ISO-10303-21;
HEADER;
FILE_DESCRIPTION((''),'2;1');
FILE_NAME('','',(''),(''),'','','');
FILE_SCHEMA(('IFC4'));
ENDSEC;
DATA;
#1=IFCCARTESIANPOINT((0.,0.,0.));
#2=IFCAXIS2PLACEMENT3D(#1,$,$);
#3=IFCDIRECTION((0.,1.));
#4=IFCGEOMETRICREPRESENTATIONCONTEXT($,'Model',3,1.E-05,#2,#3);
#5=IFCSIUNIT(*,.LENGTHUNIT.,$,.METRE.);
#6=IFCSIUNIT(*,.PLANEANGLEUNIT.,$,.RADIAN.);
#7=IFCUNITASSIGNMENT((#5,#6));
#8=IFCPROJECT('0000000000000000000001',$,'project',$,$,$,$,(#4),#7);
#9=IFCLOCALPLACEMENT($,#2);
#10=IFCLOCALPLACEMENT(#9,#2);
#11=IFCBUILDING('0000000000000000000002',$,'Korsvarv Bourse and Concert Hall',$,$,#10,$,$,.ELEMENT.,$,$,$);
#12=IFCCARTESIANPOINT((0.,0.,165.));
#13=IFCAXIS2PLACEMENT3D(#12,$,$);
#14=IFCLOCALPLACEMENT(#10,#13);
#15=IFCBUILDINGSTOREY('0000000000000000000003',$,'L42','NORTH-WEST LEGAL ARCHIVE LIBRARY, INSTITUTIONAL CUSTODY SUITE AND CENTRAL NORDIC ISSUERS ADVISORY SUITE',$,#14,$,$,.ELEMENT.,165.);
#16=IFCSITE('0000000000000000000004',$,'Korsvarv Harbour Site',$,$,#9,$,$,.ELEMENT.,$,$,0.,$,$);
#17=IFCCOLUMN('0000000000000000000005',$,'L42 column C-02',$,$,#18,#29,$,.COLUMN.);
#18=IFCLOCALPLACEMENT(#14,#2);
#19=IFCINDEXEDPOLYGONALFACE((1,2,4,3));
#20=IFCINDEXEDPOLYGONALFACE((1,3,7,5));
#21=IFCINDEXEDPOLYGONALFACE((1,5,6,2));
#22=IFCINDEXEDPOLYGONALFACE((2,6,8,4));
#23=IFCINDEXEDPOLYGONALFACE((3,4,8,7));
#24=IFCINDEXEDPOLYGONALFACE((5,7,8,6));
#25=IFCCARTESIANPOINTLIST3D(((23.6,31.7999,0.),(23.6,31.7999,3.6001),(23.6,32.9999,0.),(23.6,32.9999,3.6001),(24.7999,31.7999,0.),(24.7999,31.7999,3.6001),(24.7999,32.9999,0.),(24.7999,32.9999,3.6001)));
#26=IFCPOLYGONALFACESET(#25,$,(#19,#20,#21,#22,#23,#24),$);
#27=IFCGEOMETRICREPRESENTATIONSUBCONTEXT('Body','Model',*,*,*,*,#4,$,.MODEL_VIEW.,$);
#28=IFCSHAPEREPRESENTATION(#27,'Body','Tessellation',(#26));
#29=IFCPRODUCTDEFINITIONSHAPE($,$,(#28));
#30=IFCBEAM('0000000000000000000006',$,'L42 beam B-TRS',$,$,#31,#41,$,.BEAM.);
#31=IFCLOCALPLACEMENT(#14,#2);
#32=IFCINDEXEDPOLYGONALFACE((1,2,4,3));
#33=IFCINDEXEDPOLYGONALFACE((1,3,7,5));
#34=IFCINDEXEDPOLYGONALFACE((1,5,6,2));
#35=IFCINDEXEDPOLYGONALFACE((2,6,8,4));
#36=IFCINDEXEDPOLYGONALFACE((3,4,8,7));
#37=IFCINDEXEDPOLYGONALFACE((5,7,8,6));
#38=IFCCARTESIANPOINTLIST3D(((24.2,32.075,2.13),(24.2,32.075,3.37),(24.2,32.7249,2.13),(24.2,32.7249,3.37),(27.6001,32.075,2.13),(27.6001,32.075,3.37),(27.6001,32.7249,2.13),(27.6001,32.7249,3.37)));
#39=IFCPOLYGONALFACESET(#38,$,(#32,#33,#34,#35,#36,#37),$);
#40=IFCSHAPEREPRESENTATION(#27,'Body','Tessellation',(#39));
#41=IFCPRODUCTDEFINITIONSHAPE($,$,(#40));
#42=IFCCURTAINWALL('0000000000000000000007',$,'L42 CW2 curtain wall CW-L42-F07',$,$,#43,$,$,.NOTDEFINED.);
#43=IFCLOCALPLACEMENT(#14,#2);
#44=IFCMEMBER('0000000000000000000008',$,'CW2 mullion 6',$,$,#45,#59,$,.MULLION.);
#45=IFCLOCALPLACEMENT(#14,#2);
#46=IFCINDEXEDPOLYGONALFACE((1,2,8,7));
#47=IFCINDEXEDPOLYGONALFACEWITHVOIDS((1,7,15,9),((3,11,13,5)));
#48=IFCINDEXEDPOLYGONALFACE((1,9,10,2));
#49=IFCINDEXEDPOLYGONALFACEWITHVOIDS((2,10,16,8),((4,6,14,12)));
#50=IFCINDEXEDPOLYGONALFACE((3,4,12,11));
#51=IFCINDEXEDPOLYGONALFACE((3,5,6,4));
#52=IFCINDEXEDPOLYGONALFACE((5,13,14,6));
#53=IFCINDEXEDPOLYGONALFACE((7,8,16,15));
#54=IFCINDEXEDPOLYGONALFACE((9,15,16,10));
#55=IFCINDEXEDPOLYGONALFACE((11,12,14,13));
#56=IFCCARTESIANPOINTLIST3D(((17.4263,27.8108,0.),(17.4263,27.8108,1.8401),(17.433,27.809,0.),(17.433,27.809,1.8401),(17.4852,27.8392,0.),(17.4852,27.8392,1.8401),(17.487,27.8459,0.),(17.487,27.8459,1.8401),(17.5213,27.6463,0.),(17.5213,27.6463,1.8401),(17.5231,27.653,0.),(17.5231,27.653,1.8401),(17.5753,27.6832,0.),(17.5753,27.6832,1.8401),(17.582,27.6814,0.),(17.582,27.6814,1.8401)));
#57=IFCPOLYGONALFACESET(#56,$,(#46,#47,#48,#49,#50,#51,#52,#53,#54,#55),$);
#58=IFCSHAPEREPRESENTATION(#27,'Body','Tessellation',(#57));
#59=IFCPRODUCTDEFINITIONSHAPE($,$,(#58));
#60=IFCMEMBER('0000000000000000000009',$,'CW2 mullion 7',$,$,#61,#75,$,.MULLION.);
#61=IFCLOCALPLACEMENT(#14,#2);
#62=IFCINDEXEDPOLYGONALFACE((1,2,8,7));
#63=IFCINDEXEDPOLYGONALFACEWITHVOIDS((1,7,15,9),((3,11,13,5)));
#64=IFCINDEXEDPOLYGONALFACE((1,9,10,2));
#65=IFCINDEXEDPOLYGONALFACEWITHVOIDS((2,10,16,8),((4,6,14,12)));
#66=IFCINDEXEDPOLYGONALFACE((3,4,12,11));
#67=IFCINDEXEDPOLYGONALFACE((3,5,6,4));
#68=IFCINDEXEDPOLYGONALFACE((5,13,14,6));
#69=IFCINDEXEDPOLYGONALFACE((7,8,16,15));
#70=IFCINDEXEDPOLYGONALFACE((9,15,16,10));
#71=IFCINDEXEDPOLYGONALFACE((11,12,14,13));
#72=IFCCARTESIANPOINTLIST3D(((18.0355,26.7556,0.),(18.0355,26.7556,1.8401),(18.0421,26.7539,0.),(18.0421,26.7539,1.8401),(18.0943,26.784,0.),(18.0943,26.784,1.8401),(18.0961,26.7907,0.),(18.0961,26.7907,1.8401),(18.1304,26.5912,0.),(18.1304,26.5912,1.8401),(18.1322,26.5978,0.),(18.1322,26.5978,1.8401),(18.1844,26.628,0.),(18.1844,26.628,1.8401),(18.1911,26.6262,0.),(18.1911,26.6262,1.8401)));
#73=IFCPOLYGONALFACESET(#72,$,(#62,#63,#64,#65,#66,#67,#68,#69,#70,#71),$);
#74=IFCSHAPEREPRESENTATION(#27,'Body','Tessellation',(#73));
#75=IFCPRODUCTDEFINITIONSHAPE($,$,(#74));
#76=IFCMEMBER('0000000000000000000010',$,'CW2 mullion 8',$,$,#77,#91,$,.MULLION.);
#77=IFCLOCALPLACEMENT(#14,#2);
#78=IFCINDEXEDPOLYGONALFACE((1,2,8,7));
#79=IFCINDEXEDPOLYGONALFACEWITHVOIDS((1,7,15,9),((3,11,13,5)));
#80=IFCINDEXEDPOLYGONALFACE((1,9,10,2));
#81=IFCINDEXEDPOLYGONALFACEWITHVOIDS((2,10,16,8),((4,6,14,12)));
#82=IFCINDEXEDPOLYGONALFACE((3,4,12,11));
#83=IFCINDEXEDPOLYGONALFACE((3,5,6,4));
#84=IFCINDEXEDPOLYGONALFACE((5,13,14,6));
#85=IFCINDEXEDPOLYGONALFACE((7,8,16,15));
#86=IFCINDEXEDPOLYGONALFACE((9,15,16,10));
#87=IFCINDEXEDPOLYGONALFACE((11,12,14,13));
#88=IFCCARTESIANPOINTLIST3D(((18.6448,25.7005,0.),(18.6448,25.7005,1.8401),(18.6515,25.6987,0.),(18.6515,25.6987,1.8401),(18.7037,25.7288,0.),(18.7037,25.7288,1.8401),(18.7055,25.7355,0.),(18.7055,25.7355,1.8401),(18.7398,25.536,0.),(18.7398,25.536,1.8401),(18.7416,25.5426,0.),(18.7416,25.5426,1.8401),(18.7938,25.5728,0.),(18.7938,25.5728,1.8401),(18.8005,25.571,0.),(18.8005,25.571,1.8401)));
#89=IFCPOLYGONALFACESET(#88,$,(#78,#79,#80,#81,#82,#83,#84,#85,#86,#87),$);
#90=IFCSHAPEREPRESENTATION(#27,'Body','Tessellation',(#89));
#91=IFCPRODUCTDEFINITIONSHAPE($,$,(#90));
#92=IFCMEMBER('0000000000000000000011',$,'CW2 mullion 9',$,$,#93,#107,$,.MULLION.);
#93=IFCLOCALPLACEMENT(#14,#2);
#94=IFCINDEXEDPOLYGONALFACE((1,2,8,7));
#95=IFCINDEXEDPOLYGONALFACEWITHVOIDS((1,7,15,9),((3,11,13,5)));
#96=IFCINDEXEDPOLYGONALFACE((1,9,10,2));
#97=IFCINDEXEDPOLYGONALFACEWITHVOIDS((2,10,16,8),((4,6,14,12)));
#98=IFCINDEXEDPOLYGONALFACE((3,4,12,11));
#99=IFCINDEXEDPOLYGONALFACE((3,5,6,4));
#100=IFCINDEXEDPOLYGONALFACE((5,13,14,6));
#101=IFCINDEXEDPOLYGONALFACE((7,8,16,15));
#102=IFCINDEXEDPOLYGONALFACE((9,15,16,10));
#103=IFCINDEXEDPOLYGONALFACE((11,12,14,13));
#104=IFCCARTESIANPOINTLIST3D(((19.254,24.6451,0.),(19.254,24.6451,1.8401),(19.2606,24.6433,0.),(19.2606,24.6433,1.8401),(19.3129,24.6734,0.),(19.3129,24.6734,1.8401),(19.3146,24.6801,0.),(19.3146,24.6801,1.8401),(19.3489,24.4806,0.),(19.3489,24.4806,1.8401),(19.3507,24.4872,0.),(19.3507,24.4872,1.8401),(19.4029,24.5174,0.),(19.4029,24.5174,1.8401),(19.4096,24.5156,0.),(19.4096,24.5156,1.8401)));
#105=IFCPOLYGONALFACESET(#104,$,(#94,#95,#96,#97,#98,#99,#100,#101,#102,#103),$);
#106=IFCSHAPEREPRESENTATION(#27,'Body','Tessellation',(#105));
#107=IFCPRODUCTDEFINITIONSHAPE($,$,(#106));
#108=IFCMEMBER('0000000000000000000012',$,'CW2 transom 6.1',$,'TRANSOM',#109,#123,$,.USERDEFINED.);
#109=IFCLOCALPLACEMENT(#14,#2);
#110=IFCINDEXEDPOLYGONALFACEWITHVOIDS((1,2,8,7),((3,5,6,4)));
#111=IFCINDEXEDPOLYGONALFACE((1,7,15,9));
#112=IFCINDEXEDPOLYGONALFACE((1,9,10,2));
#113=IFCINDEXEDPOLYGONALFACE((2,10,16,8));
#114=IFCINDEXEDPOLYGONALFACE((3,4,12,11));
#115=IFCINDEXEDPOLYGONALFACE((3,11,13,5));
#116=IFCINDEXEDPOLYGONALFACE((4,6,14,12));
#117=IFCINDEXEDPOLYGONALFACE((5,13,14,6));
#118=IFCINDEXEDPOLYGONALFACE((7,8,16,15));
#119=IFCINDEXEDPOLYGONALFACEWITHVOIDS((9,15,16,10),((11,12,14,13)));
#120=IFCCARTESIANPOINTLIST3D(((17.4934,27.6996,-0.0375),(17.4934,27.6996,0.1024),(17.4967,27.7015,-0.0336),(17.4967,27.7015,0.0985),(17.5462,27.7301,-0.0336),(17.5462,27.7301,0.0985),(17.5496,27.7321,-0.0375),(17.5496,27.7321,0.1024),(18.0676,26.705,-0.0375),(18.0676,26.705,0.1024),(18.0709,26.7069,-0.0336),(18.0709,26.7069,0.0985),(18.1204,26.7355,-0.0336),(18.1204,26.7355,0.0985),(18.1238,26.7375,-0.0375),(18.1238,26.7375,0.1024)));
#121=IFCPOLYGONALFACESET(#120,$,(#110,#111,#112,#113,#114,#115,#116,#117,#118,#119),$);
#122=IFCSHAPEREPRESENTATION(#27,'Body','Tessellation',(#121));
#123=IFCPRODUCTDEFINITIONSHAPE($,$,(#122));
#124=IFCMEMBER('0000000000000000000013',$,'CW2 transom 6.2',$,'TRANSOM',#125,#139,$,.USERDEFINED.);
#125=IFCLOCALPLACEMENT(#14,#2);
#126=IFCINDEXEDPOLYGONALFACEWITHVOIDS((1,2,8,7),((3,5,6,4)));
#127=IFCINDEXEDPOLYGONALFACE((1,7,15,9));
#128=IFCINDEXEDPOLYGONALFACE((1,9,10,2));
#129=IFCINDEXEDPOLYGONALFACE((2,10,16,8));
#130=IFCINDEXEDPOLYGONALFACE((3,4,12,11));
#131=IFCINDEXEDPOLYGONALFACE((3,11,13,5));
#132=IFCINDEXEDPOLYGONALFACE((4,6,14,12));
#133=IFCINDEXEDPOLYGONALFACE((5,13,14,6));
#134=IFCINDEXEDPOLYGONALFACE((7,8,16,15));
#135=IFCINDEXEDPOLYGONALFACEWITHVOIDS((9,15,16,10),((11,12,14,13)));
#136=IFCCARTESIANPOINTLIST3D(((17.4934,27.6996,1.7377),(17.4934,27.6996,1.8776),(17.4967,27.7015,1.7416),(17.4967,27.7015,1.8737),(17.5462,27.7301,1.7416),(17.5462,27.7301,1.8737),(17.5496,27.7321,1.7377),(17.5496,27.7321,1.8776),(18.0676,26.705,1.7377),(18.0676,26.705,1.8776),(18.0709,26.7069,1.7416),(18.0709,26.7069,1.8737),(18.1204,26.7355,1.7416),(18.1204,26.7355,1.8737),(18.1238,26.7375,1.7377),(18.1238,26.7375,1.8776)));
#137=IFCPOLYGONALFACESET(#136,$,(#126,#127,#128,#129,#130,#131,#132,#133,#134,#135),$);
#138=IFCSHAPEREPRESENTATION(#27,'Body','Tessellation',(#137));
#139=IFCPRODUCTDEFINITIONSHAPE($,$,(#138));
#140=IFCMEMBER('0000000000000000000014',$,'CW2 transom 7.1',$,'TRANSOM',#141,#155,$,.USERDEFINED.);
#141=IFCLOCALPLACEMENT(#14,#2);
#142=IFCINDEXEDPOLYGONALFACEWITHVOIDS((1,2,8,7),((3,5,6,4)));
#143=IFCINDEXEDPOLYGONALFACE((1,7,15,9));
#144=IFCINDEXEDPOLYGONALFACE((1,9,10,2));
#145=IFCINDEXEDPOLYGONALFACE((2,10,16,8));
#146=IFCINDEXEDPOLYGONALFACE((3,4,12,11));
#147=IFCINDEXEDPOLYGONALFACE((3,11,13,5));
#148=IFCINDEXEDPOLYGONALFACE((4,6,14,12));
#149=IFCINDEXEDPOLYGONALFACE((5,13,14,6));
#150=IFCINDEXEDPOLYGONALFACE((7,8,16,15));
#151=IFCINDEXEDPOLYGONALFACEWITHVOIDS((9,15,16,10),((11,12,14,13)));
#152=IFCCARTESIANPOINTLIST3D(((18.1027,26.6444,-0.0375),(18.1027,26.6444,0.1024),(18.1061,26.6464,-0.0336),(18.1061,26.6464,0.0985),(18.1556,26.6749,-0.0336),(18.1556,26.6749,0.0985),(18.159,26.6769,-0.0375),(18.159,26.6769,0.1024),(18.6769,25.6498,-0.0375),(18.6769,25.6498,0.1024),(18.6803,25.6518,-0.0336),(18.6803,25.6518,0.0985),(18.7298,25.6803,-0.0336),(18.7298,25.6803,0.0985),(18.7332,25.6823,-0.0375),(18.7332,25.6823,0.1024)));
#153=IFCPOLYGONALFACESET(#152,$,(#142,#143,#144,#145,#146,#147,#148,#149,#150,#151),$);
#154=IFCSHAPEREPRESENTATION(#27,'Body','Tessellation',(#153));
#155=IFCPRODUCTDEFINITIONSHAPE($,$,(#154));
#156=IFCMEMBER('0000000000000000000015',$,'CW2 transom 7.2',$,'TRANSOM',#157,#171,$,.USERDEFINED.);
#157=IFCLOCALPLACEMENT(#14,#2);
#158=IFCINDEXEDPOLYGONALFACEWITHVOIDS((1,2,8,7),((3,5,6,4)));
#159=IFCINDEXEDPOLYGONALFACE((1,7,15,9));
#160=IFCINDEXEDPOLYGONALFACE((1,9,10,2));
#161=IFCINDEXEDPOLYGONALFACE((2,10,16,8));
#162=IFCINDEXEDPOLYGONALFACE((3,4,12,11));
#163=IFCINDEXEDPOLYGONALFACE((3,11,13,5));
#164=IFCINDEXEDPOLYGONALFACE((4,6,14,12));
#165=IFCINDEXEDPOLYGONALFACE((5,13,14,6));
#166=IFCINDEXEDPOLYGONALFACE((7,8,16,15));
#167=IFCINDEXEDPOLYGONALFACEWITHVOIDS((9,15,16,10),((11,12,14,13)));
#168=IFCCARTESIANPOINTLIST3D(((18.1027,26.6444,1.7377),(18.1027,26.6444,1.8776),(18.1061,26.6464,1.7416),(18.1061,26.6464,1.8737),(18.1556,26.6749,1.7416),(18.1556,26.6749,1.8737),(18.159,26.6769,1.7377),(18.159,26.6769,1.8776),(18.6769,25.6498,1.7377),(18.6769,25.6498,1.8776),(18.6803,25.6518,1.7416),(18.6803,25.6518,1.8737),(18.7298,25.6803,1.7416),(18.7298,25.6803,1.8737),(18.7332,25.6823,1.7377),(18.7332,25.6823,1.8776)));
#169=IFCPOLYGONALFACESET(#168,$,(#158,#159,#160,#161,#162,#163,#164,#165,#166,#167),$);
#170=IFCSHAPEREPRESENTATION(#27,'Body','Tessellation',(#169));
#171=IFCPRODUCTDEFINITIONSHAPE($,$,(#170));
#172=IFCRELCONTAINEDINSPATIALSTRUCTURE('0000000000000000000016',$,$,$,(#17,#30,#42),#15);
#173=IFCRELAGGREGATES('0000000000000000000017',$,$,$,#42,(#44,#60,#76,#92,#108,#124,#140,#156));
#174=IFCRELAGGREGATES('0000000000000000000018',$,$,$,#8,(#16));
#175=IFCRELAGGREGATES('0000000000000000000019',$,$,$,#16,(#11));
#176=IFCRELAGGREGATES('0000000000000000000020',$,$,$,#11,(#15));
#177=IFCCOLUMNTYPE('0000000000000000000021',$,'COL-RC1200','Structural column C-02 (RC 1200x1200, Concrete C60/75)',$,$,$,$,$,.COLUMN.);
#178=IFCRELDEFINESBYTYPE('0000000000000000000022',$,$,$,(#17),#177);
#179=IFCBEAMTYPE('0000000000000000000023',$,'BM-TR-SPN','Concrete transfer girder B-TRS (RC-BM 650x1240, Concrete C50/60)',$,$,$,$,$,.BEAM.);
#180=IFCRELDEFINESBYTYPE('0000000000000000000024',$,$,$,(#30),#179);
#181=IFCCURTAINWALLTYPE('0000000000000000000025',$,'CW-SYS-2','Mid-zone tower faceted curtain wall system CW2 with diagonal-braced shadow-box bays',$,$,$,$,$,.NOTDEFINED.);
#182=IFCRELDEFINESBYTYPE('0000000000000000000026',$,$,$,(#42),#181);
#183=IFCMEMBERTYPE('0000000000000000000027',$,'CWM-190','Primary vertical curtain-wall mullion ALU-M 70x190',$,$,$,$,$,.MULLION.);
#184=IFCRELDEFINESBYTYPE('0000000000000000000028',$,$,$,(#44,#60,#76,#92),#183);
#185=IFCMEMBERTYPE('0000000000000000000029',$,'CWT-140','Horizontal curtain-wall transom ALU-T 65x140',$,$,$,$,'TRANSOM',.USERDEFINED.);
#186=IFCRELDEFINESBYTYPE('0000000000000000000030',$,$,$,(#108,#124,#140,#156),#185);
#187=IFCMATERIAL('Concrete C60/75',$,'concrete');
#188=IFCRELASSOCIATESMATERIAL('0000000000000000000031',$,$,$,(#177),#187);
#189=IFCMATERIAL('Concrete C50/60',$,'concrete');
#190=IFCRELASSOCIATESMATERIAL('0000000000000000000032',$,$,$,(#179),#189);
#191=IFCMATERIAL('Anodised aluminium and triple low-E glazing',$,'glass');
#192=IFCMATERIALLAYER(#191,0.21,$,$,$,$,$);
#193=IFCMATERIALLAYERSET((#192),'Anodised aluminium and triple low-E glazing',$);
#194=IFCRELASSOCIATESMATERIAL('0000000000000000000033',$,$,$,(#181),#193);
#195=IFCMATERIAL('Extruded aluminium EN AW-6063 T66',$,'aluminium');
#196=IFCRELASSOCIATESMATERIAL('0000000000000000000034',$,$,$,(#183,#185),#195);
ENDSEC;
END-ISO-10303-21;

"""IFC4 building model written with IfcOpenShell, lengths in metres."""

from ifc_helpers import new_model, si_unit, direction, frame, origin, origin_2d, place, context, subcontext, project, spatial, rectangle, hollow_rectangle, extrude, source, transform, mapped, material, layer, layer_set, material_profile, profile_set, type_object, element, aggregate, save


model = new_model("IFC4")

# Units and contexts
model_context = context("Model", 3, precision=1e-05, world=origin(), true_north=direction((0.0, 1.0)))
body_context = subcontext(model_context, "Body", "Model", "MODEL_VIEW")
ifc_project = project(units=[si_unit("LENGTHUNIT", "METRE"), si_unit("PLANEANGLEUNIT", "RADIAN")], contexts=[model_context])

# Site, building, storey
site_placement = place(None, origin())
site = spatial("IfcSite", under=ifc_project, at=site_placement, Name="Korsvarv Harbour Site", CompositionType="ELEMENT", RefElevation=0.0)
building_placement = place(site_placement, origin())
building = spatial("IfcBuilding", under=site, at=building_placement, Name="Korsvarv Bourse and Concert Hall", CompositionType="ELEMENT")
storey_placement = place(building_placement, frame((0.0, 0.0, 165.0)))
storey = spatial("IfcBuildingStorey", under=building, at=storey_placement, Name="L42", Description="NORTH-WEST LEGAL ARCHIVE LIBRARY, INSTITUTIONAL CUSTODY SUITE AND CENTRAL NORDIC ISSUERS ADVISORY SUITE", CompositionType="ELEMENT", Elevation=165.0)

# Column
ifc_material_1 = material(Name="Concrete C60/75", Category="concrete")
ifc_material_profile_1 = material_profile(ifc_material_1, rectangle(XDim=1.2, YDim=1.2, at=origin_2d()), Name="RC 1200x1200")
ifc_profile_set_1 = profile_set([ifc_material_profile_1], Name="Concrete C60/75")
column_type = type_object("IfcColumnType", Name="COL-RC1200", Description="Structural column C-02 (RC 1200x1200, Concrete C60/75)", PredefinedType="COLUMN", material=ifc_profile_set_1)
shared_shape_1 = source(origin(), body_context, "Body", "SweptSolid", [
    extrude(rectangle(XDim=1.2, YDim=1.2, at=origin_2d()), origin(), (0.0, 0.0, 1.0), 3.6001),
])
column_placement = place(storey_placement, frame((24.2, 32.3999, 0.0), z_axis=(0.0, 0.0, 1.0), x_axis=(1.0, 0.0, 0.0)))
element("IfcColumn", 1, at=column_placement, inside=storey, type_object=column_type, Name="L42 column C-02", PredefinedType="COLUMN", context=body_context, shape_type="MappedRepresentation", body=[
    mapped(shared_shape_1, transform((0.0, 0.0, 0.0), scale=1.0)),
])

# Beam
ifc_material_2 = material(Name="Concrete C50/60", Category="concrete")
ifc_material_profile_2 = material_profile(ifc_material_2, rectangle(XDim=0.6499, YDim=1.24, at=origin_2d()), Name="RC-BM 650x1240")
ifc_profile_set_2 = profile_set([ifc_material_profile_2], Name="Concrete C50/60")
beam_type = type_object("IfcBeamType", Name="BM-TR-SPN", Description="Concrete transfer girder B-TRS (RC-BM 650x1240, Concrete C50/60)", PredefinedType="BEAM", material=ifc_profile_set_2)
shared_shape_2 = source(origin(), body_context, "Body", "SweptSolid", [
    extrude(rectangle(XDim=0.6499, YDim=1.24, at=origin_2d()), origin(), (0.0, 0.0, 1.0), 3.4001),
])
beam_placement = place(storey_placement, frame((24.2, 32.3999, 2.75), z_axis=(1.0, 0.0, 0.0), x_axis=(0.0, 1.0, 0.0)))
element("IfcBeam", 2, at=beam_placement, inside=storey, type_object=beam_type, Name="L42 beam B-TRS", PredefinedType="BEAM", context=body_context, shape_type="MappedRepresentation", body=[
    mapped(shared_shape_2, transform((0.0, 0.0, 0.0), scale=1.0)),
])

# Curtain wall, members
ifc_material_3 = material(Name="Anodised aluminium and triple low-E glazing", Category="glass")
ifc_layer_1 = layer(ifc_material_3, 0.21)
ifc_layer_set_1 = layer_set([ifc_layer_1], Name="Anodised aluminium and triple low-E glazing")
curtain_wall_type = type_object("IfcCurtainWallType", Name="CW-SYS-2", Description="Mid-zone tower faceted curtain wall system CW2 with diagonal-braced shadow-box bays", PredefinedType="NOTDEFINED", material=ifc_layer_set_1)
curtain_wall_placement = place(storey_placement, origin())
curtain_wall = element("IfcCurtainWall", 3, at=curtain_wall_placement, inside=storey, type_object=curtain_wall_type, Name="L42 CW2 curtain wall CW-L42-F07", PredefinedType="NOTDEFINED")
ifc_material_4 = material(Name="Extruded aluminium EN AW-6063 T66", Category="aluminium")
ifc_material_profile_3 = material_profile(ifc_material_4, hollow_rectangle(XDim=0.0701, YDim=0.1899, WallThickness=0.0049, at=origin_2d()), Name="ALU-M 70x190")
ifc_profile_set_3 = profile_set([ifc_material_profile_3], Name="Extruded aluminium EN AW-6063 T66")
member_type_1 = type_object("IfcMemberType", Name="CWM-190", Description="Primary vertical curtain-wall mullion ALU-M 70x190", PredefinedType="MULLION", material=ifc_profile_set_3)
shared_shape_3 = source(origin(), body_context, "Body", "SweptSolid", [
    extrude(hollow_rectangle(XDim=0.0701, YDim=0.1899, WallThickness=0.0049, at=origin_2d()), origin(), (0.0, 0.0, 1.0), 1.8401),
])
member_1_placement = place(storey_placement, frame((17.5042, 27.7461, 0.0), z_axis=(0.0, 0.0, 1.0), x_axis=(0.866024, 0.500002, 0.0)))
member_1 = element("IfcMember", 4, at=member_1_placement, type_object=member_type_1, Name="CW2 mullion 6", PredefinedType="MULLION", context=body_context, shape_type="MappedRepresentation", body=[
    mapped(shared_shape_3, transform((0.0, 0.0, 0.0), scale=1.0)),
])
member_2_placement = place(storey_placement, frame((18.1133, 26.6909, 0.0), z_axis=(0.0, 0.0, 1.0), x_axis=(0.866024, 0.500002, 0.0)))
member_2 = element("IfcMember", 5, at=member_2_placement, type_object=member_type_1, Name="CW2 mullion 7", PredefinedType="MULLION", context=body_context, shape_type="MappedRepresentation", body=[
    mapped(shared_shape_3, transform((0.0, 0.0, 0.0), scale=1.0)),
])
member_3_placement = place(storey_placement, frame((18.7227, 25.6357, 0.0), z_axis=(0.0, 0.0, 1.0), x_axis=(0.866024, 0.500002, 0.0)))
member_3 = element("IfcMember", 6, at=member_3_placement, type_object=member_type_1, Name="CW2 mullion 8", PredefinedType="MULLION", context=body_context, shape_type="MappedRepresentation", body=[
    mapped(shared_shape_3, transform((0.0, 0.0, 0.0), scale=1.0)),
])
member_4_placement = place(storey_placement, frame((19.3318, 24.5803, 0.0), z_axis=(0.0, 0.0, 1.0), x_axis=(0.866024, 0.500002, 0.0)))
member_4 = element("IfcMember", 7, at=member_4_placement, type_object=member_type_1, Name="CW2 mullion 9", PredefinedType="MULLION", context=body_context, shape_type="MappedRepresentation", body=[
    mapped(shared_shape_3, transform((0.0, 0.0, 0.0), scale=1.0)),
])
ifc_material_profile_4 = material_profile(ifc_material_4, hollow_rectangle(XDim=0.0649, YDim=0.1399, WallThickness=0.0039, at=origin_2d()), Name="ALU-T 65x140")
ifc_profile_set_4 = profile_set([ifc_material_profile_4], Name="Extruded aluminium EN AW-6063 T66")
member_type_2 = type_object("IfcMemberType", Name="CWT-140", Description="Horizontal curtain-wall transom ALU-T 65x140", ElementType="TRANSOM", PredefinedType="USERDEFINED", material=ifc_profile_set_4)
shared_shape_4 = source(origin(), body_context, "Body", "SweptSolid", [
    extrude(hollow_rectangle(XDim=0.0649, YDim=0.1399, WallThickness=0.0039, at=origin_2d()), origin(), (0.0, 0.0, 1.0), 1.1484),
])
member_5_placement = place(storey_placement, frame((17.5215, 27.7158, 0.0325), z_axis=(0.49998, -0.866037, 0.0), x_axis=(0.866037, 0.49998, 0.0)))
member_5 = element("IfcMember", 8, at=member_5_placement, type_object=member_type_2, Name="CW2 transom 6.1", ObjectType="TRANSOM", PredefinedType="USERDEFINED", context=body_context, shape_type="MappedRepresentation", body=[
    mapped(shared_shape_4, transform((0.0, 0.0, 0.0), scale=1.0)),
])
member_6_placement = place(storey_placement, frame((17.5215, 27.7158, 1.8076), z_axis=(0.49998, -0.866037, 0.0), x_axis=(0.866037, 0.49998, 0.0)))
member_6 = element("IfcMember", 9, at=member_6_placement, type_object=member_type_2, Name="CW2 transom 6.2", ObjectType="TRANSOM", PredefinedType="USERDEFINED", context=body_context, shape_type="MappedRepresentation", body=[
    mapped(shared_shape_4, transform((0.0, 0.0, 0.0), scale=1.0)),
])
member_7_placement = place(storey_placement, frame((18.1309, 26.6606, 0.0325), z_axis=(0.49998, -0.866037, 0.0), x_axis=(0.866037, 0.49998, 0.0)))
member_7 = element("IfcMember", 10, at=member_7_placement, type_object=member_type_2, Name="CW2 transom 7.1", ObjectType="TRANSOM", PredefinedType="USERDEFINED", context=body_context, shape_type="MappedRepresentation", body=[
    mapped(shared_shape_4, transform((0.0, 0.0, 0.0), scale=1.0)),
])
member_8_placement = place(storey_placement, frame((18.1309, 26.6606, 1.8076), z_axis=(0.49998, -0.866037, 0.0), x_axis=(0.866037, 0.49998, 0.0)))
member_8 = element("IfcMember", 11, at=member_8_placement, type_object=member_type_2, Name="CW2 transom 7.2", ObjectType="TRANSOM", PredefinedType="USERDEFINED", context=body_context, shape_type="MappedRepresentation", body=[
    mapped(shared_shape_4, transform((0.0, 0.0, 0.0), scale=1.0)),
])
aggregate(curtain_wall, [member_1, member_2, member_3, member_4, member_5, member_6, member_7, member_8])

save(model, "model.ifc")
